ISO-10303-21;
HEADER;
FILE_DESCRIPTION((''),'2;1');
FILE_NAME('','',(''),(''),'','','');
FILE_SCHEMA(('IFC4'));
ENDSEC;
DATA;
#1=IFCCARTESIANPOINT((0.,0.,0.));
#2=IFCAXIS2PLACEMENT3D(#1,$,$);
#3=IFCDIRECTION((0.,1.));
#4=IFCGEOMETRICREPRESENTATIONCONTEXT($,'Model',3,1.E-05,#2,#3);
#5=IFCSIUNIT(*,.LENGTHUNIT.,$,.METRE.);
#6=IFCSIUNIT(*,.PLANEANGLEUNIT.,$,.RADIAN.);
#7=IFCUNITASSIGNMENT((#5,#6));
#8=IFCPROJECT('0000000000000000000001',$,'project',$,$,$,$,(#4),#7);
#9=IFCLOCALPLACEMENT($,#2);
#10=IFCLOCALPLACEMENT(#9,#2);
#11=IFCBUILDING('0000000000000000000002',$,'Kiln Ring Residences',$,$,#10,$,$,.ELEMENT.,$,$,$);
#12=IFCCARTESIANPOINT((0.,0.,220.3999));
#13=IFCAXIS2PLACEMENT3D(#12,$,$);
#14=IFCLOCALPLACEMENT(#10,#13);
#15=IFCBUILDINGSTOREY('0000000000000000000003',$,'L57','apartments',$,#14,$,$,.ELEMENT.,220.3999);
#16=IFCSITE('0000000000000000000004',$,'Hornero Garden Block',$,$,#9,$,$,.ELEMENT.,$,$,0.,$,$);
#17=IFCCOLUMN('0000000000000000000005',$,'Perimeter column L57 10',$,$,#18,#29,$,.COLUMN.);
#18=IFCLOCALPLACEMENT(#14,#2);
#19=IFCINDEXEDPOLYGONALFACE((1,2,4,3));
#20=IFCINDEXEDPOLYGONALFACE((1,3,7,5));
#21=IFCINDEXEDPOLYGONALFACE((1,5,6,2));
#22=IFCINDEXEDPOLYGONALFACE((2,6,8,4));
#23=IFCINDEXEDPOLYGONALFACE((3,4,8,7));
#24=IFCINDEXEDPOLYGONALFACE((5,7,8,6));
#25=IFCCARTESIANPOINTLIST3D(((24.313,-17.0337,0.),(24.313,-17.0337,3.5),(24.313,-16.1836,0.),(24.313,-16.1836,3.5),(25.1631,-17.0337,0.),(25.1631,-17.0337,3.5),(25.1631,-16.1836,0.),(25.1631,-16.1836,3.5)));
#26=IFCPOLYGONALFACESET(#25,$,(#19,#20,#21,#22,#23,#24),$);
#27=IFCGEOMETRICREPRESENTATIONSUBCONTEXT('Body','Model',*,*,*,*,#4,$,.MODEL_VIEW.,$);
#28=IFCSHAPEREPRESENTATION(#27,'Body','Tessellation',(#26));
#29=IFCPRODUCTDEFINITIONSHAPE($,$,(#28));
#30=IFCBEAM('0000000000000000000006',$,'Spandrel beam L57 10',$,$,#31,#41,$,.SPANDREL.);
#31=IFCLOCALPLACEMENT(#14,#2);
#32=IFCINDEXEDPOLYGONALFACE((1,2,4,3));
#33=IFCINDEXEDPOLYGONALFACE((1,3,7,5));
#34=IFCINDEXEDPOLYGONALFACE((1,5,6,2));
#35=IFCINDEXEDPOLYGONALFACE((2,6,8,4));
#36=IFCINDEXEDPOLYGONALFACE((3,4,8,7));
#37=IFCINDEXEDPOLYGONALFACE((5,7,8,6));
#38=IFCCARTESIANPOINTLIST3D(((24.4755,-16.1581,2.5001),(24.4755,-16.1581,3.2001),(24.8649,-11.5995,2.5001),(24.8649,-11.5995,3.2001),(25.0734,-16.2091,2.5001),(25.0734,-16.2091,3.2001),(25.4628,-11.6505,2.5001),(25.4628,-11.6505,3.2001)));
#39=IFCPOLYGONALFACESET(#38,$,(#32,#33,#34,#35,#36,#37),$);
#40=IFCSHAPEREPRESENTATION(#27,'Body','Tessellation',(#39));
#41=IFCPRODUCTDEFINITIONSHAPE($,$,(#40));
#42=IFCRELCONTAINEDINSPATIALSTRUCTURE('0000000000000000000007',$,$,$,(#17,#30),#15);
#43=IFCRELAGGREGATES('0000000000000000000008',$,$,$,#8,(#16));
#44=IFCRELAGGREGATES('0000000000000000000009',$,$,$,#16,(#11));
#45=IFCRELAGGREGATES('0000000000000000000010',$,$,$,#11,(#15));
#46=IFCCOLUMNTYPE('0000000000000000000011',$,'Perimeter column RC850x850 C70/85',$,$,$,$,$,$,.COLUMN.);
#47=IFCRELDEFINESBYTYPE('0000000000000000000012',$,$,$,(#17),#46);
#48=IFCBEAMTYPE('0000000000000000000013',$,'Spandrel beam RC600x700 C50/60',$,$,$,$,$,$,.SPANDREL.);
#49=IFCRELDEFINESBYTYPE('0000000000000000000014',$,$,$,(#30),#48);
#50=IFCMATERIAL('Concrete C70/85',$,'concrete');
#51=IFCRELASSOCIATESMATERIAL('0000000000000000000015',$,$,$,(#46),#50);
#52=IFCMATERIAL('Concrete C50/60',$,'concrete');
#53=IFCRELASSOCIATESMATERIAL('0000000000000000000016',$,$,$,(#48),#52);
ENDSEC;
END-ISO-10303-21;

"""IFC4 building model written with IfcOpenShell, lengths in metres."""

from ifc_helpers import new_model, si_unit, direction, frame, origin, origin_2d, place, context, subcontext, project, spatial, rectangle, extrude, material, material_profile, profile_set, type_object, element, save


model = new_model("IFC4")

# Units and contexts
model_context = context("Model", 3, precision=1e-05, world=origin(), true_north=direction((0.0, 1.0)))
body_context = subcontext(model_context, "Body", "Model", "MODEL_VIEW")
ifc_project = project(units=[si_unit("LENGTHUNIT", "METRE"), si_unit("PLANEANGLEUNIT", "RADIAN")], contexts=[model_context])

# Site, building, storey
site_placement = place(None, origin())
site = spatial("IfcSite", under=ifc_project, at=site_placement, Name="Hornero Garden Block", CompositionType="ELEMENT", RefElevation=0.0)
building_placement = place(site_placement, origin())
building = spatial("IfcBuilding", under=site, at=building_placement, Name="Kiln Ring Residences", CompositionType="ELEMENT")
storey_placement = place(building_placement, frame((0.0, 0.0, 220.3999)))
storey = spatial("IfcBuildingStorey", under=building, at=storey_placement, Name="L57", Description="apartments", CompositionType="ELEMENT", Elevation=220.3999)

# Column
ifc_material_1 = material(Name="Concrete C70/85", Category="concrete")
ifc_material_profile_1 = material_profile(ifc_material_1, rectangle(XDim=0.8501, YDim=0.8501, at=origin_2d()), Name="RC850x850")
ifc_profile_set_1 = profile_set([ifc_material_profile_1], Name="Concrete C70/85")
column_type = type_object("IfcColumnType", Name="Perimeter column RC850x850 C70/85", PredefinedType="COLUMN", material=ifc_profile_set_1)
column_placement = place(storey_placement, frame((24.738, -16.6086, 0.0), z_axis=(0.0, 0.0, 1.0), x_axis=(1.0, 0.0, 0.0)))
element("IfcColumn", 1, at=column_placement, inside=storey, type_object=column_type, Name="Perimeter column L57 10", PredefinedType="COLUMN", context=body_context, shape_type="SweptSolid", body=[
    extrude(rectangle(XDim=0.8501, YDim=0.8501, at=origin_2d()), origin(), (0.0, 0.0, 1.0), 3.5),
])

# Beam
ifc_material_2 = material(Name="Concrete C50/60", Category="concrete")
ifc_material_profile_2 = material_profile(ifc_material_2, rectangle(XDim=0.6001, YDim=0.7, at=origin_2d()), Name="RC600x700")
ifc_profile_set_2 = profile_set([ifc_material_profile_2], Name="Concrete C50/60")
beam_type = type_object("IfcBeamType", Name="Spandrel beam RC600x700 C50/60", PredefinedType="SPANDREL", material=ifc_profile_set_2)
beam_placement = place(storey_placement, frame((24.7744, -16.1836, 2.8501), z_axis=(0.085112, 0.996371, 0.0), x_axis=(-0.996371, 0.085112, 0.0)))
element("IfcBeam", 2, at=beam_placement, inside=storey, type_object=beam_type, Name="Spandrel beam L57 10", PredefinedType="SPANDREL", context=body_context, shape_type="SweptSolid", body=[
    extrude(rectangle(XDim=0.6001, YDim=0.7, at=origin_2d()), origin(), (0.0, 0.0, 1.0), 4.5752),
])

save(model, "model.ifc")
